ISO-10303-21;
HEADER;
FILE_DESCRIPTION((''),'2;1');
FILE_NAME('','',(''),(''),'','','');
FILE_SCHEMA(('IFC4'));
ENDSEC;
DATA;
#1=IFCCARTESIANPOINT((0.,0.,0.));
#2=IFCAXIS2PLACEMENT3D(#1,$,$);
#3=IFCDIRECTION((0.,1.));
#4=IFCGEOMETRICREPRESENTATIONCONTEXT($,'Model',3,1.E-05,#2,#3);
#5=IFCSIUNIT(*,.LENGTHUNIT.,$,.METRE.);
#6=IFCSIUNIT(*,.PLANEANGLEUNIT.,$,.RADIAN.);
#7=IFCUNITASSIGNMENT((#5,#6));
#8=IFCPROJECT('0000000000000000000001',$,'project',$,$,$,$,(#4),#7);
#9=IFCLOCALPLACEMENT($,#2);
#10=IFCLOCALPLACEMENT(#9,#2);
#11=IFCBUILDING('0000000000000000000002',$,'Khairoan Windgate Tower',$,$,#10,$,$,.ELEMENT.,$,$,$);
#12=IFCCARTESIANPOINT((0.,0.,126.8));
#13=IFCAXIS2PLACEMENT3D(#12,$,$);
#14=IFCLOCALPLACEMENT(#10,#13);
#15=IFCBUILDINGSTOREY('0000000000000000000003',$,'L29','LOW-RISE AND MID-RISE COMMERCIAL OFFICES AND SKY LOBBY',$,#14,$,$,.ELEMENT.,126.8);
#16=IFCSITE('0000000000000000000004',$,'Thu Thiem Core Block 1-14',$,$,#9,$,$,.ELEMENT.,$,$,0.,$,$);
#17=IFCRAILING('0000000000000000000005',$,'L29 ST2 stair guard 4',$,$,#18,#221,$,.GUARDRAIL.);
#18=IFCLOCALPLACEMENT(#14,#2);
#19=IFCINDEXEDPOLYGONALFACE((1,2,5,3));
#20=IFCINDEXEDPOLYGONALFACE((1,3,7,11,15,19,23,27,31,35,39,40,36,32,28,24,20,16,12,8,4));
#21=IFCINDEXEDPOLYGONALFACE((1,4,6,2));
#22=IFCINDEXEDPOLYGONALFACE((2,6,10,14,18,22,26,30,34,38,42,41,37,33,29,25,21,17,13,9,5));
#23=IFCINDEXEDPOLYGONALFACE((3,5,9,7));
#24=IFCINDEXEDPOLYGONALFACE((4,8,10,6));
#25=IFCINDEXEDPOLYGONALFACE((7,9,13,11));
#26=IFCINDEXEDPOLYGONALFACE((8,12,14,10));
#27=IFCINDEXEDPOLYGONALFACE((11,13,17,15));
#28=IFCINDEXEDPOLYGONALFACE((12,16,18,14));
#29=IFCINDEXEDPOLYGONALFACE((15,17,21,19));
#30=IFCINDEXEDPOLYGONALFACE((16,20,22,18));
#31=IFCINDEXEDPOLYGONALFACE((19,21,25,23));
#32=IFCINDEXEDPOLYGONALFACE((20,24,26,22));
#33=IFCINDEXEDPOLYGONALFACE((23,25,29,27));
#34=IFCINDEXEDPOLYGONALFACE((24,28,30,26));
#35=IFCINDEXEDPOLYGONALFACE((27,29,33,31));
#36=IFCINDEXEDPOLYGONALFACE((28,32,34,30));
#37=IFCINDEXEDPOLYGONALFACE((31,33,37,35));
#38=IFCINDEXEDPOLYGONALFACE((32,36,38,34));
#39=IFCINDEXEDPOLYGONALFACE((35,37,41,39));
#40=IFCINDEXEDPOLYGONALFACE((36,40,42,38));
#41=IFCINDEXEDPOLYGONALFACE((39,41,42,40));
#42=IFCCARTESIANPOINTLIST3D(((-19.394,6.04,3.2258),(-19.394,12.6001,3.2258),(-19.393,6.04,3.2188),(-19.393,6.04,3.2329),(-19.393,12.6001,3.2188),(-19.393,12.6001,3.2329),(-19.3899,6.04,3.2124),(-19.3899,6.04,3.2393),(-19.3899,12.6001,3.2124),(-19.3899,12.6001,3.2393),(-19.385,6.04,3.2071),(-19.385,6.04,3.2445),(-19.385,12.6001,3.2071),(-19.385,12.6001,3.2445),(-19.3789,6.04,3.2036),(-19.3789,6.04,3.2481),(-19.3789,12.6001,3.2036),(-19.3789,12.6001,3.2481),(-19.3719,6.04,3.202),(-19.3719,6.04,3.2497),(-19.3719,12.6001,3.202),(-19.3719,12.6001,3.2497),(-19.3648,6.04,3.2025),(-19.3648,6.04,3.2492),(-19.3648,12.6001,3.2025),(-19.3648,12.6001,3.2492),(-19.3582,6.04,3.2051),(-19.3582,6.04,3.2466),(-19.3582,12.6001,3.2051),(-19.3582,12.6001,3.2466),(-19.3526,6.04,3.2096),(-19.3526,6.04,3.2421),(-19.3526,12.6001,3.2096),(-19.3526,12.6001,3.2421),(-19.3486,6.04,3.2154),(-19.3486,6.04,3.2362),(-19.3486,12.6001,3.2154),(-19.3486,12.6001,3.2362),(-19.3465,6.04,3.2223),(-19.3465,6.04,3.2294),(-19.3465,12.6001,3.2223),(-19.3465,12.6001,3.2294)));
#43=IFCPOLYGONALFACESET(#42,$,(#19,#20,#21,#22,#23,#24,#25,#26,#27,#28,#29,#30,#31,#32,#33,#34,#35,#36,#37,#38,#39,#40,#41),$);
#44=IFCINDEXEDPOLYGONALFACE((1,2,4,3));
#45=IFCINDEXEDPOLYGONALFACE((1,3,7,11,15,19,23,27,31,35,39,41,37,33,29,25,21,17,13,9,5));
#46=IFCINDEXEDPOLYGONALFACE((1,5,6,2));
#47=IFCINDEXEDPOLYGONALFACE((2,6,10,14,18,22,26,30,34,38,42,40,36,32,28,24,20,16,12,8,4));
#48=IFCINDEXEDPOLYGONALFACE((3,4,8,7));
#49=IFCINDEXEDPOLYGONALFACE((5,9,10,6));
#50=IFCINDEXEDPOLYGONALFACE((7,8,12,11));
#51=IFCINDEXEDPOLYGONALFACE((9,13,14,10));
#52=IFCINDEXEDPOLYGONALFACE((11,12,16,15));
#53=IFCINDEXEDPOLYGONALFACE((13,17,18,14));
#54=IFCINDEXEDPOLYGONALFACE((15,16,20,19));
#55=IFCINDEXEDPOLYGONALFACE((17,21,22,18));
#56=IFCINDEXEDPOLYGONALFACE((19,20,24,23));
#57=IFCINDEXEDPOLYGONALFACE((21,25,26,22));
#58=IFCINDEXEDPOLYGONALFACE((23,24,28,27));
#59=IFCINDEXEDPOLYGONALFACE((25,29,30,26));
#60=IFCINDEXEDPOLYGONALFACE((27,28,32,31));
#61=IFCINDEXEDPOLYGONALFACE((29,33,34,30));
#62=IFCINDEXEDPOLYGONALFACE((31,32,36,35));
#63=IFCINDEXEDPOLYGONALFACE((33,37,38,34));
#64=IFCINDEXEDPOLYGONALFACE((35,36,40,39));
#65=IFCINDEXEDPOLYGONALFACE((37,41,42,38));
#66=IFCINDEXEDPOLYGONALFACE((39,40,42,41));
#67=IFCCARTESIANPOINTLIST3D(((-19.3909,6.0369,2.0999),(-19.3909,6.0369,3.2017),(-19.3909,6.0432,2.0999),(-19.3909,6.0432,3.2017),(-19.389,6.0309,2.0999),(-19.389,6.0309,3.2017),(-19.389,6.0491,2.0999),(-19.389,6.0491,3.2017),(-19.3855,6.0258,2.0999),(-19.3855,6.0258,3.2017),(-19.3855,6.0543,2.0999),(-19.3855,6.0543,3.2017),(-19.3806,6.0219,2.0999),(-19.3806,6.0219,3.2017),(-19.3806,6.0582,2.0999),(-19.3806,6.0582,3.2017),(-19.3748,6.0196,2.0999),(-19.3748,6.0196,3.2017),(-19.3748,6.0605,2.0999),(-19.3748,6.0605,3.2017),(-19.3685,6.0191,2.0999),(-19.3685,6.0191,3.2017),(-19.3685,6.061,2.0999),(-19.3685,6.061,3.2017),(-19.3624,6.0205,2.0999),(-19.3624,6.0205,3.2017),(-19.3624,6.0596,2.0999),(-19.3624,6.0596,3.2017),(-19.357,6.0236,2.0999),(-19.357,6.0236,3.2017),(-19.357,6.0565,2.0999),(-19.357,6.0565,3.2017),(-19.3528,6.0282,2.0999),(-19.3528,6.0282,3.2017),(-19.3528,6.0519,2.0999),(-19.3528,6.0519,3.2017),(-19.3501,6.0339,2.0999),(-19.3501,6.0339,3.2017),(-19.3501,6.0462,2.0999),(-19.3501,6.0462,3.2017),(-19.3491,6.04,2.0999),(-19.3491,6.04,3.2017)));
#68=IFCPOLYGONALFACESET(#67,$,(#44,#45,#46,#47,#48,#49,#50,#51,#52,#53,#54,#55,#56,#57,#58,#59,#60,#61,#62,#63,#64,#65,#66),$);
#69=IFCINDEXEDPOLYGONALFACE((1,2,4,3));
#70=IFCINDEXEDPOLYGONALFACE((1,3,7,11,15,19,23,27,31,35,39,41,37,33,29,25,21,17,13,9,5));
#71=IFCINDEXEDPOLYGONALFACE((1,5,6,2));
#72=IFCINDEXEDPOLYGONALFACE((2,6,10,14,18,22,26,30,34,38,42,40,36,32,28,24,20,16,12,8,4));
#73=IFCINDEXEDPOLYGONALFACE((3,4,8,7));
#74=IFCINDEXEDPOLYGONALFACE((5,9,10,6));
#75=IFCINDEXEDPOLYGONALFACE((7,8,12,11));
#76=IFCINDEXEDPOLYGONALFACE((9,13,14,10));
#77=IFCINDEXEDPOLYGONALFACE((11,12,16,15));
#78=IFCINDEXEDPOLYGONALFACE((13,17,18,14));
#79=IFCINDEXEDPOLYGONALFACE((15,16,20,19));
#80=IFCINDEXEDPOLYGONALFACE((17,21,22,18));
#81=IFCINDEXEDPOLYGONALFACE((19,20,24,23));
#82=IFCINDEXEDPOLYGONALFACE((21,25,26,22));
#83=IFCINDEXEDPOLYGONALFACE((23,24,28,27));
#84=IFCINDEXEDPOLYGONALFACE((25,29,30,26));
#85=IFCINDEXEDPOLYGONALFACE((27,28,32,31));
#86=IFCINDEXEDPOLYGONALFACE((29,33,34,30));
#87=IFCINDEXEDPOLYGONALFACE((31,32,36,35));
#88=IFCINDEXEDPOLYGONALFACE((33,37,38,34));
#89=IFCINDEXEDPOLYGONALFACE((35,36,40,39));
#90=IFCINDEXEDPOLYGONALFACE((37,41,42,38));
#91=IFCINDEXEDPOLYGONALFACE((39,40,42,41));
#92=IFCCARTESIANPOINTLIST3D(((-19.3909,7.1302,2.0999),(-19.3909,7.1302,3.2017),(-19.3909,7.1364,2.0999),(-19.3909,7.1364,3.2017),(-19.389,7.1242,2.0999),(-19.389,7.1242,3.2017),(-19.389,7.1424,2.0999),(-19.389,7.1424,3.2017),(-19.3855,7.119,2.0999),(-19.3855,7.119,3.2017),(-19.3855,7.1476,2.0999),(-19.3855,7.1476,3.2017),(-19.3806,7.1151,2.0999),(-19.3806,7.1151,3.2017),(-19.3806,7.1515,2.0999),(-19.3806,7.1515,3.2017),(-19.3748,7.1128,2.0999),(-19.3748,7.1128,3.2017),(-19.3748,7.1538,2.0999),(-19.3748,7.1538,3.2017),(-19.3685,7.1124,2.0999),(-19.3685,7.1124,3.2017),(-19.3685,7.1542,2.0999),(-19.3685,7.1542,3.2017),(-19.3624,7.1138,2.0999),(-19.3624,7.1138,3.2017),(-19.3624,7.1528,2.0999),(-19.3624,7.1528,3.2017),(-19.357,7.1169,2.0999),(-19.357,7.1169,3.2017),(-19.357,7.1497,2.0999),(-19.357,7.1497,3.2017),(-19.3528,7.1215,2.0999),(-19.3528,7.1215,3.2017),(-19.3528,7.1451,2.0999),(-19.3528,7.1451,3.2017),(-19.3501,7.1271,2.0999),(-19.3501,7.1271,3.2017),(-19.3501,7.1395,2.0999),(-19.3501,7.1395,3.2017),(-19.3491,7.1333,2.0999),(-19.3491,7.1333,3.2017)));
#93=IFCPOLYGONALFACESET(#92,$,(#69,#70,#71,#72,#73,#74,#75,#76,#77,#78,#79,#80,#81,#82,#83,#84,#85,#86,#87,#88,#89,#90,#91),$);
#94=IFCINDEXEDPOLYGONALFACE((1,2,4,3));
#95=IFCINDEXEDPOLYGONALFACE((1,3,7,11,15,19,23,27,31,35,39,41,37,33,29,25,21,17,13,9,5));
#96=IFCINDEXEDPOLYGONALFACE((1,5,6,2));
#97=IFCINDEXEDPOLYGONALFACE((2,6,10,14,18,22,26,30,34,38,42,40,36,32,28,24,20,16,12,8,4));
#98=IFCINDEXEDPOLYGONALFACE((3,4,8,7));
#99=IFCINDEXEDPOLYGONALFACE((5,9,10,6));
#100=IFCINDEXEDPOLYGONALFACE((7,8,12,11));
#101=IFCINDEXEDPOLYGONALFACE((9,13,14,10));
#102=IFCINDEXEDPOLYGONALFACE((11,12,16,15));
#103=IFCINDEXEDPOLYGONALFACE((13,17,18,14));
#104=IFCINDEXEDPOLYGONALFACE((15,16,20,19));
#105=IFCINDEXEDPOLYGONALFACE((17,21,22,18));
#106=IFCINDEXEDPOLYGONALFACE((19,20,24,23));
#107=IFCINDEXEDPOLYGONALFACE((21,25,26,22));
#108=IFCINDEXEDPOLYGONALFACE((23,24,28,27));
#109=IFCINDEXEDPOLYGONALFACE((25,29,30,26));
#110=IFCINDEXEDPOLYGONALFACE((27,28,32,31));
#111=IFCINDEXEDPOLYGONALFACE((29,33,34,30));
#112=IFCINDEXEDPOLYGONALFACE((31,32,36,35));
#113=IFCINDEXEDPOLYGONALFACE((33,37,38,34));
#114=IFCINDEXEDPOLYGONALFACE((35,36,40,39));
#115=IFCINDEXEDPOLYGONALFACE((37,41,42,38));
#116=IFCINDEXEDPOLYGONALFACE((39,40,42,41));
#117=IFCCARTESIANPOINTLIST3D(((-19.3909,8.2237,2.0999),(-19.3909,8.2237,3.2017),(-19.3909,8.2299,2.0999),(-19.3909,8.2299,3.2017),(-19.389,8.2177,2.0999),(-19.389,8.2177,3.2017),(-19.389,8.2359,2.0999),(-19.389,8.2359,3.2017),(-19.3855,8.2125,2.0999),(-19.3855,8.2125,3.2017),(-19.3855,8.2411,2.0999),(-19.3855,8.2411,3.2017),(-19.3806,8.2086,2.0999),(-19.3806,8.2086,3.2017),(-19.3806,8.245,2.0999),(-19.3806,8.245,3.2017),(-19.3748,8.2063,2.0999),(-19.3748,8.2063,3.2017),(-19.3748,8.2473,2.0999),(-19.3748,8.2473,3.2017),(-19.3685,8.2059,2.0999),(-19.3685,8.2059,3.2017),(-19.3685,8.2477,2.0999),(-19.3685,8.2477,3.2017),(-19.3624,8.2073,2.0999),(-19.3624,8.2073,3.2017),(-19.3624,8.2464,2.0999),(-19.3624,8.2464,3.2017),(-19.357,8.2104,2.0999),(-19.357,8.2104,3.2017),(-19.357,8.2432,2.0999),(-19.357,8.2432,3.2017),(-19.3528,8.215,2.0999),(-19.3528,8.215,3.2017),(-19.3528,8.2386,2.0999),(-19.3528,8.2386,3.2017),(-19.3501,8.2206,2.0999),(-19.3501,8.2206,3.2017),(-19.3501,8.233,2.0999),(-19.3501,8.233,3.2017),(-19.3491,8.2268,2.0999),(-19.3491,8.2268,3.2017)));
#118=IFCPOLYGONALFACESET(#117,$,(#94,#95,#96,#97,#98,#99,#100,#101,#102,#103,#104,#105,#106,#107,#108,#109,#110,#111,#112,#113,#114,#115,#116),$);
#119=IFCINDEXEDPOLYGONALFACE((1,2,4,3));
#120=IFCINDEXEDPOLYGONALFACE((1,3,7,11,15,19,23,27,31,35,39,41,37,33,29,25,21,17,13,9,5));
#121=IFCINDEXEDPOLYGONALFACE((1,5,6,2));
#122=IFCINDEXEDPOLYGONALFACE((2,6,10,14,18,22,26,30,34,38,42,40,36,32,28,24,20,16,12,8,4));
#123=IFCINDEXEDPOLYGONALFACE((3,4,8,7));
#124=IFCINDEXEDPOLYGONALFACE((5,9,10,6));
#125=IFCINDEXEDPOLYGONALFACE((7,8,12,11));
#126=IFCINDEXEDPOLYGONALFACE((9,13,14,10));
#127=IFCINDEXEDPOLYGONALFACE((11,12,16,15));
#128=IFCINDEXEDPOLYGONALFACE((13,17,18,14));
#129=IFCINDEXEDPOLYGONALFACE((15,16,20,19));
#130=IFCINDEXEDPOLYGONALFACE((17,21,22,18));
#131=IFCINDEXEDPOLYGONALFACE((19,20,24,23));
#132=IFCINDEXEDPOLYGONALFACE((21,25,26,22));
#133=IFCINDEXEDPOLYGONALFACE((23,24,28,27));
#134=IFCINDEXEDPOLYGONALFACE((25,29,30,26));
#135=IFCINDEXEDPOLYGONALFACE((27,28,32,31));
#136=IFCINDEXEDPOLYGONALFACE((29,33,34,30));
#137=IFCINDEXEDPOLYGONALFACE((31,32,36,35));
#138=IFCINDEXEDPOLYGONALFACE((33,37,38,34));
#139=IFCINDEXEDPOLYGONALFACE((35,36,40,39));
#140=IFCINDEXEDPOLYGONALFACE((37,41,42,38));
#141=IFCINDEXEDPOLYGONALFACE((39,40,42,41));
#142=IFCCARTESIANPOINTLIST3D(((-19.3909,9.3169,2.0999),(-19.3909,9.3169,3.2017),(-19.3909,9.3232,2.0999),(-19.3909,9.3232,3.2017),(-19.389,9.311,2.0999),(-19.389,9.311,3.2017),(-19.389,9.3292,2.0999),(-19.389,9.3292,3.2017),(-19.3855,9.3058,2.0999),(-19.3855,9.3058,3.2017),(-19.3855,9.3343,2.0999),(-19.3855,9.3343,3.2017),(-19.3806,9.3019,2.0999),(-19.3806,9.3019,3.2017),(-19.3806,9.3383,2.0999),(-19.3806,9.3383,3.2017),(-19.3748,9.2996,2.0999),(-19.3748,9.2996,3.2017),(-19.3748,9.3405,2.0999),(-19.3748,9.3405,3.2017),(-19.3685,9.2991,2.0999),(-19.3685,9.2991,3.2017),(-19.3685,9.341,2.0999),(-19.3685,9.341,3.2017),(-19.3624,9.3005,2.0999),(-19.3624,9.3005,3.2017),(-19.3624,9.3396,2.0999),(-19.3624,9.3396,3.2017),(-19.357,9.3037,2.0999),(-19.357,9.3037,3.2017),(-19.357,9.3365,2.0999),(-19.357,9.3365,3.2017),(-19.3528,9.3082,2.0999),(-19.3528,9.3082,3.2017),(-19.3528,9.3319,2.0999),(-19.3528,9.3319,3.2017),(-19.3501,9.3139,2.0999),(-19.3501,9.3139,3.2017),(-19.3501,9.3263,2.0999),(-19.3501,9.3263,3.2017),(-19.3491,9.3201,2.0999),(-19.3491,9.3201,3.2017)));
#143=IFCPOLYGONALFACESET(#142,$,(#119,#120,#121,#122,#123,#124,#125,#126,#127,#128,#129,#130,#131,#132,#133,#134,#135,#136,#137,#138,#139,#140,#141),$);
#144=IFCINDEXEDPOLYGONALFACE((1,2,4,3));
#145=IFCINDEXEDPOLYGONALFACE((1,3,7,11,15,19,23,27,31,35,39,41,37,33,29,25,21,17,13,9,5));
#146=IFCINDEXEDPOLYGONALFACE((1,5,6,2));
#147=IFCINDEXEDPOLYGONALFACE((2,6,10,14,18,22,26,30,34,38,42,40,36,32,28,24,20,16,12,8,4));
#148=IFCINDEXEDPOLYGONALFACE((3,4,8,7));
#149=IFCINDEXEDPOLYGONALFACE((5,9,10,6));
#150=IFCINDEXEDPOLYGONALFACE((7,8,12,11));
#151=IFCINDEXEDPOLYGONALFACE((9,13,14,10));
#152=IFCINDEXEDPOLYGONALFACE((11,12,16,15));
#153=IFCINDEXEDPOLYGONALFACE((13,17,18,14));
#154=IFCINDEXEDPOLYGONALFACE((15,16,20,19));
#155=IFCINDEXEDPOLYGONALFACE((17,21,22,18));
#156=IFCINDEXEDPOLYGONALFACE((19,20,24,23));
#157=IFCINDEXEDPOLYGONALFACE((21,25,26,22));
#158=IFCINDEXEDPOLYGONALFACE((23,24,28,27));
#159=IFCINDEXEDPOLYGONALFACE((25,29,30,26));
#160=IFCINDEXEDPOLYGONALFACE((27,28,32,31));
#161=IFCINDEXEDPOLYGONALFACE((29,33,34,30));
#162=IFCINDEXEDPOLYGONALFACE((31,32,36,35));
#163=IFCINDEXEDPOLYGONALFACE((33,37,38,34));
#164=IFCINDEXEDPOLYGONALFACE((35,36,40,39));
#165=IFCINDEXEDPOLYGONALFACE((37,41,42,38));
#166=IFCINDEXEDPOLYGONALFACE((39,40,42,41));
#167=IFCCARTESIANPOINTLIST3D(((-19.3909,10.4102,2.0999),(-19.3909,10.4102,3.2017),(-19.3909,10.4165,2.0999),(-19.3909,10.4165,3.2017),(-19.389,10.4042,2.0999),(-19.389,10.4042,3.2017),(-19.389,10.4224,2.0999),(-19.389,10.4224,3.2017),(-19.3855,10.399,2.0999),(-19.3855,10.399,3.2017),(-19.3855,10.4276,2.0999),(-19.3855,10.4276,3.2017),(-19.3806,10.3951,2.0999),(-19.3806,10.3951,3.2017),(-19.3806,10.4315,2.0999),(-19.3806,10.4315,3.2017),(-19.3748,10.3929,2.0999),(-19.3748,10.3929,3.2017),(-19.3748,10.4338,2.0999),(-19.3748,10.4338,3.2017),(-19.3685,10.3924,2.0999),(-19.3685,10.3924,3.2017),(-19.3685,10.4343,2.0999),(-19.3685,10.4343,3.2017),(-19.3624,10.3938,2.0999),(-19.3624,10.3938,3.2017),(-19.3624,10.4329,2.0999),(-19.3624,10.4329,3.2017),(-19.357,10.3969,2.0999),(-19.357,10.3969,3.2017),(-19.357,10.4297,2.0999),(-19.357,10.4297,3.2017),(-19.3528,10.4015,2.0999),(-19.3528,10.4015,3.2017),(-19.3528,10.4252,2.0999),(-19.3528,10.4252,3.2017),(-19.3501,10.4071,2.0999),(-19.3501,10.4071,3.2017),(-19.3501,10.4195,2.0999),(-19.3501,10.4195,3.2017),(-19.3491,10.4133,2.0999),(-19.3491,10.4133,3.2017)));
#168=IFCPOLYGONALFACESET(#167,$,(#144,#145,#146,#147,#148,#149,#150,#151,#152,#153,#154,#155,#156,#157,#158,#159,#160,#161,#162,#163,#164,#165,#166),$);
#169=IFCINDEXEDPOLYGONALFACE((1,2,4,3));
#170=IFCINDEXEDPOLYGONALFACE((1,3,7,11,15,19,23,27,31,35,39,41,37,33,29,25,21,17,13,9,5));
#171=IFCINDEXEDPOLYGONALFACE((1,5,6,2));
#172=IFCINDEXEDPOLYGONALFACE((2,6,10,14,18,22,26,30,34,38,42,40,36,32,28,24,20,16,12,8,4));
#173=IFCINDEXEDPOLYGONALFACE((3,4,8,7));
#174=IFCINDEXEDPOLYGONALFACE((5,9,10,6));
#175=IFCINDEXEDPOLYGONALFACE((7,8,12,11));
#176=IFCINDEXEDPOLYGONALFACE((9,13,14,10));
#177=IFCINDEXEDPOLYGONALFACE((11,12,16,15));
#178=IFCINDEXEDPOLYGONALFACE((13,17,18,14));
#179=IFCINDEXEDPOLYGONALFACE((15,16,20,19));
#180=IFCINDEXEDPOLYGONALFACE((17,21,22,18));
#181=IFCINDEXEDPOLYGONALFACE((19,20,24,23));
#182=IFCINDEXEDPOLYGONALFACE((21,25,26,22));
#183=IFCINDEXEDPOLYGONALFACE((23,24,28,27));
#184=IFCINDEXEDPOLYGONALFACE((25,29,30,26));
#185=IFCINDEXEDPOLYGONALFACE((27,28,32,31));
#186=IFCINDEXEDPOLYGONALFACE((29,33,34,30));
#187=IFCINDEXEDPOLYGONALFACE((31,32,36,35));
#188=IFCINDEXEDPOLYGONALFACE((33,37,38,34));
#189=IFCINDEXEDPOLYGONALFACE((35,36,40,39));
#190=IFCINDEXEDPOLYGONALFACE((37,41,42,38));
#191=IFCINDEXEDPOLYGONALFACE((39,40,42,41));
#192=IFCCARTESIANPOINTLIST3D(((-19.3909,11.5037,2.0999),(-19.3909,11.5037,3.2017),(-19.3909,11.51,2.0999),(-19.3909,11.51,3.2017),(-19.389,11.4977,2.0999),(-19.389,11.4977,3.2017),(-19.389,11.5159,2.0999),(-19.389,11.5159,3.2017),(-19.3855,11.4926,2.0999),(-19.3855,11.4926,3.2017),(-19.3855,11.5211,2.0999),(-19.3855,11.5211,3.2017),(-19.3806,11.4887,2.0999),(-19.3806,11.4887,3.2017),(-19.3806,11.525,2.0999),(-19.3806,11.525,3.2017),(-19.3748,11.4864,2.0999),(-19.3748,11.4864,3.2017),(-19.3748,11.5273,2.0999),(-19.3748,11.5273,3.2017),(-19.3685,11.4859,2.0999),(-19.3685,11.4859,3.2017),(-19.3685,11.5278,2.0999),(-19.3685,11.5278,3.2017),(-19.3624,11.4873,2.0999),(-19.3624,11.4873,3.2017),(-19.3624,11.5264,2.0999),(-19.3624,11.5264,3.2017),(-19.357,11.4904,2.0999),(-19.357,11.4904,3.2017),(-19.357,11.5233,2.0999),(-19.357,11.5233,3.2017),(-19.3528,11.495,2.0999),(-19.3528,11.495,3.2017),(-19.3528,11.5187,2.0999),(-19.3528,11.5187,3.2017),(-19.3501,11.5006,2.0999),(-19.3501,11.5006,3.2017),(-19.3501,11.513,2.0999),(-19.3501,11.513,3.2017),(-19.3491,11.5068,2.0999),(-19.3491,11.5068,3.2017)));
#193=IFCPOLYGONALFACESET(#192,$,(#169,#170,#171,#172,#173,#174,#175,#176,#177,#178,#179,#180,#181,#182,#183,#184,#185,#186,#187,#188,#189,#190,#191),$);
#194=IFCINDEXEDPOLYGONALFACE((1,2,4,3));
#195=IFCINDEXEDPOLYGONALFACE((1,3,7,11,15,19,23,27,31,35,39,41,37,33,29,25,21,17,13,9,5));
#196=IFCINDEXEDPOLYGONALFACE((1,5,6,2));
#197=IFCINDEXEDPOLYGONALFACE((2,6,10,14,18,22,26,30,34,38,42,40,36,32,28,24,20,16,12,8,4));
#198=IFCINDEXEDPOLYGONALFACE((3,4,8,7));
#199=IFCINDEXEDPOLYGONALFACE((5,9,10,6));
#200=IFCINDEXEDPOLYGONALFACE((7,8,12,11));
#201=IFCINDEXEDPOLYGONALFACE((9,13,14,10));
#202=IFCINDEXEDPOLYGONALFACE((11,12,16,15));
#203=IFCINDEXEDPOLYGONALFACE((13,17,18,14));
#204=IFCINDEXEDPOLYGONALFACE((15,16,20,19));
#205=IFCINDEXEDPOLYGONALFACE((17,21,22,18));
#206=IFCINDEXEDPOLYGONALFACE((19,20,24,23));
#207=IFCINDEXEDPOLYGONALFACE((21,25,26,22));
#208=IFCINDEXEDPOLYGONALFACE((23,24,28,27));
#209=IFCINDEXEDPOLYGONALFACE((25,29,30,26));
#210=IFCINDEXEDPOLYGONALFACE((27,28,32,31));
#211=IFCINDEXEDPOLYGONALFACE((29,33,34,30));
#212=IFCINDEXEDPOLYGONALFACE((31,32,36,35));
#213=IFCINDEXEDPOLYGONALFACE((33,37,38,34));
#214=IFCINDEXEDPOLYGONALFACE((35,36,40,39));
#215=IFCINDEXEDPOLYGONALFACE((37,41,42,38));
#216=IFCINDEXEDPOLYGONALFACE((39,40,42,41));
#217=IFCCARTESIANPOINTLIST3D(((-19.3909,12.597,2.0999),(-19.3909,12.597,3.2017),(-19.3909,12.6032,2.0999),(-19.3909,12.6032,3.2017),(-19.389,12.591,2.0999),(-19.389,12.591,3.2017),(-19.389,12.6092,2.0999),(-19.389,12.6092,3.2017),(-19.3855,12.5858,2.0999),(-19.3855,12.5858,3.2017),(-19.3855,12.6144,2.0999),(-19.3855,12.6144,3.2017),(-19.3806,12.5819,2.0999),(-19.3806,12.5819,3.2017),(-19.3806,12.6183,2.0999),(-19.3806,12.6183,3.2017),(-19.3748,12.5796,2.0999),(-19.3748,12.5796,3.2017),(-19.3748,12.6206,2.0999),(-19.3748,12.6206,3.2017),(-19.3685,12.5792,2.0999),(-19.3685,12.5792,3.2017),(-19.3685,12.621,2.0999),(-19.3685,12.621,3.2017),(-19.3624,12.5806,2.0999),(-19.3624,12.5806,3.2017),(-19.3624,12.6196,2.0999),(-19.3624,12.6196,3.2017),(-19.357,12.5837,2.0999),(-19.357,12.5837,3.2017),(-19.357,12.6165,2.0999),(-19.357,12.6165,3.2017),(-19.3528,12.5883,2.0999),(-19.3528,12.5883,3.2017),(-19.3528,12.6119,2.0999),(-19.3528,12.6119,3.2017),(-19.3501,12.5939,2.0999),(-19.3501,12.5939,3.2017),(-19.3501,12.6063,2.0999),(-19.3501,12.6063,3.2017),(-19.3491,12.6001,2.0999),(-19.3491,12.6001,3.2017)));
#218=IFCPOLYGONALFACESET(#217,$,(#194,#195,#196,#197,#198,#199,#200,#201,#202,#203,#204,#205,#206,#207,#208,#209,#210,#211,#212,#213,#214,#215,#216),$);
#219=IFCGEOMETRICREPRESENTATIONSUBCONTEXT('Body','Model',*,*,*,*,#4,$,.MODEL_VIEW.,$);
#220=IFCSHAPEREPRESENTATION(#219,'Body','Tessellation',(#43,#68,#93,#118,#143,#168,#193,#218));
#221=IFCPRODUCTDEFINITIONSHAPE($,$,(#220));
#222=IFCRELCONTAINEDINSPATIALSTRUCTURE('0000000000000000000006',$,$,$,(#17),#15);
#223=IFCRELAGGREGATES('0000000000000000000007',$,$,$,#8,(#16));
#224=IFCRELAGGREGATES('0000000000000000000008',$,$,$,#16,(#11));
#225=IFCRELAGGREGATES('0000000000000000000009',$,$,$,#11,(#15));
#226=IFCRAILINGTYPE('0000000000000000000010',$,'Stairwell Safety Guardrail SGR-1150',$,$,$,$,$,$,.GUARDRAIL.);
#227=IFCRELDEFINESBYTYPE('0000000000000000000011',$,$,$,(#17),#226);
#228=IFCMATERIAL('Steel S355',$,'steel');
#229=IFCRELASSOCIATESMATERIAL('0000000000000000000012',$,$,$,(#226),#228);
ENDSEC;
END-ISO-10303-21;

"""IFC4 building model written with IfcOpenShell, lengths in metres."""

from ifc_helpers import new_model, si_unit, direction, frame, origin, origin_2d, place, context, subcontext, project, spatial, circle, extrude, material, type_object, element, save


model = new_model("IFC4")

# Units and contexts
model_context = context("Model", 3, precision=1e-05, world=origin(), true_north=direction((0.0, 1.0)))
body_context = subcontext(model_context, "Body", "Model", "MODEL_VIEW")
ifc_project = project(units=[si_unit("LENGTHUNIT", "METRE"), si_unit("PLANEANGLEUNIT", "RADIAN")], contexts=[model_context])

# Site, building, storey
site_placement = place(None, origin())
site = spatial("IfcSite", under=ifc_project, at=site_placement, Name="Thu Thiem Core Block 1-14", CompositionType="ELEMENT", RefElevation=0.0)
building_placement = place(site_placement, origin())
building = spatial("IfcBuilding", under=site, at=building_placement, Name="Khairoan Windgate Tower", CompositionType="ELEMENT")
storey_placement = place(building_placement, frame((0.0, 0.0, 126.8)))
storey = spatial("IfcBuildingStorey", under=building, at=storey_placement, Name="L29", Description="LOW-RISE AND MID-RISE COMMERCIAL OFFICES AND SKY LOBBY", CompositionType="ELEMENT", Elevation=126.8)

# Railing
ifc_material_1 = material(Name="Steel S355", Category="steel")
railing_type_1 = type_object("IfcRailingType", Name="Stairwell Safety Guardrail SGR-1150", PredefinedType="GUARDRAIL", material=ifc_material_1)
railing_1_placement = place(storey_placement, frame((-19.3701, 6.04, 2.0999)))
element("IfcRailing", 1, at=railing_1_placement, inside=storey, type_object=railing_type_1, Name="L29 ST2 stair guard 4", PredefinedType="GUARDRAIL", context=body_context, shape_type="SweptSolid", body=[
    extrude(circle(Radius=0.0239, at=origin_2d()), frame((0.0, 0.0, 1.126), z_axis=(0.0, 1.0, 0.0), x_axis=(-1.0, 0.0, 0.0)), (0.0, 0.0, 1.0), 6.5601),
    extrude(circle(Radius=0.021, at=origin_2d()), origin(), (0.0, 0.0, 1.0), 1.1018),
    extrude(circle(Radius=0.021, at=origin_2d()), frame((0.0, 1.0933, 0.0)), (0.0, 0.0, 1.0), 1.1018),
    extrude(circle(Radius=0.021, at=origin_2d()), frame((0.0, 2.1868, 0.0)), (0.0, 0.0, 1.0), 1.1018),
    extrude(circle(Radius=0.021, at=origin_2d()), frame((0.0, 3.28, 0.0)), (0.0, 0.0, 1.0), 1.1018),
    extrude(circle(Radius=0.021, at=origin_2d()), frame((0.0, 4.3733, 0.0)), (0.0, 0.0, 1.0), 1.1018),
    extrude(circle(Radius=0.021, at=origin_2d()), frame((0.0, 5.4668, 0.0)), (0.0, 0.0, 1.0), 1.1018),
    extrude(circle(Radius=0.021, at=origin_2d()), frame((0.0, 6.5601, 0.0)), (0.0, 0.0, 1.0), 1.1018),
])

save(model, "model.ifc")
